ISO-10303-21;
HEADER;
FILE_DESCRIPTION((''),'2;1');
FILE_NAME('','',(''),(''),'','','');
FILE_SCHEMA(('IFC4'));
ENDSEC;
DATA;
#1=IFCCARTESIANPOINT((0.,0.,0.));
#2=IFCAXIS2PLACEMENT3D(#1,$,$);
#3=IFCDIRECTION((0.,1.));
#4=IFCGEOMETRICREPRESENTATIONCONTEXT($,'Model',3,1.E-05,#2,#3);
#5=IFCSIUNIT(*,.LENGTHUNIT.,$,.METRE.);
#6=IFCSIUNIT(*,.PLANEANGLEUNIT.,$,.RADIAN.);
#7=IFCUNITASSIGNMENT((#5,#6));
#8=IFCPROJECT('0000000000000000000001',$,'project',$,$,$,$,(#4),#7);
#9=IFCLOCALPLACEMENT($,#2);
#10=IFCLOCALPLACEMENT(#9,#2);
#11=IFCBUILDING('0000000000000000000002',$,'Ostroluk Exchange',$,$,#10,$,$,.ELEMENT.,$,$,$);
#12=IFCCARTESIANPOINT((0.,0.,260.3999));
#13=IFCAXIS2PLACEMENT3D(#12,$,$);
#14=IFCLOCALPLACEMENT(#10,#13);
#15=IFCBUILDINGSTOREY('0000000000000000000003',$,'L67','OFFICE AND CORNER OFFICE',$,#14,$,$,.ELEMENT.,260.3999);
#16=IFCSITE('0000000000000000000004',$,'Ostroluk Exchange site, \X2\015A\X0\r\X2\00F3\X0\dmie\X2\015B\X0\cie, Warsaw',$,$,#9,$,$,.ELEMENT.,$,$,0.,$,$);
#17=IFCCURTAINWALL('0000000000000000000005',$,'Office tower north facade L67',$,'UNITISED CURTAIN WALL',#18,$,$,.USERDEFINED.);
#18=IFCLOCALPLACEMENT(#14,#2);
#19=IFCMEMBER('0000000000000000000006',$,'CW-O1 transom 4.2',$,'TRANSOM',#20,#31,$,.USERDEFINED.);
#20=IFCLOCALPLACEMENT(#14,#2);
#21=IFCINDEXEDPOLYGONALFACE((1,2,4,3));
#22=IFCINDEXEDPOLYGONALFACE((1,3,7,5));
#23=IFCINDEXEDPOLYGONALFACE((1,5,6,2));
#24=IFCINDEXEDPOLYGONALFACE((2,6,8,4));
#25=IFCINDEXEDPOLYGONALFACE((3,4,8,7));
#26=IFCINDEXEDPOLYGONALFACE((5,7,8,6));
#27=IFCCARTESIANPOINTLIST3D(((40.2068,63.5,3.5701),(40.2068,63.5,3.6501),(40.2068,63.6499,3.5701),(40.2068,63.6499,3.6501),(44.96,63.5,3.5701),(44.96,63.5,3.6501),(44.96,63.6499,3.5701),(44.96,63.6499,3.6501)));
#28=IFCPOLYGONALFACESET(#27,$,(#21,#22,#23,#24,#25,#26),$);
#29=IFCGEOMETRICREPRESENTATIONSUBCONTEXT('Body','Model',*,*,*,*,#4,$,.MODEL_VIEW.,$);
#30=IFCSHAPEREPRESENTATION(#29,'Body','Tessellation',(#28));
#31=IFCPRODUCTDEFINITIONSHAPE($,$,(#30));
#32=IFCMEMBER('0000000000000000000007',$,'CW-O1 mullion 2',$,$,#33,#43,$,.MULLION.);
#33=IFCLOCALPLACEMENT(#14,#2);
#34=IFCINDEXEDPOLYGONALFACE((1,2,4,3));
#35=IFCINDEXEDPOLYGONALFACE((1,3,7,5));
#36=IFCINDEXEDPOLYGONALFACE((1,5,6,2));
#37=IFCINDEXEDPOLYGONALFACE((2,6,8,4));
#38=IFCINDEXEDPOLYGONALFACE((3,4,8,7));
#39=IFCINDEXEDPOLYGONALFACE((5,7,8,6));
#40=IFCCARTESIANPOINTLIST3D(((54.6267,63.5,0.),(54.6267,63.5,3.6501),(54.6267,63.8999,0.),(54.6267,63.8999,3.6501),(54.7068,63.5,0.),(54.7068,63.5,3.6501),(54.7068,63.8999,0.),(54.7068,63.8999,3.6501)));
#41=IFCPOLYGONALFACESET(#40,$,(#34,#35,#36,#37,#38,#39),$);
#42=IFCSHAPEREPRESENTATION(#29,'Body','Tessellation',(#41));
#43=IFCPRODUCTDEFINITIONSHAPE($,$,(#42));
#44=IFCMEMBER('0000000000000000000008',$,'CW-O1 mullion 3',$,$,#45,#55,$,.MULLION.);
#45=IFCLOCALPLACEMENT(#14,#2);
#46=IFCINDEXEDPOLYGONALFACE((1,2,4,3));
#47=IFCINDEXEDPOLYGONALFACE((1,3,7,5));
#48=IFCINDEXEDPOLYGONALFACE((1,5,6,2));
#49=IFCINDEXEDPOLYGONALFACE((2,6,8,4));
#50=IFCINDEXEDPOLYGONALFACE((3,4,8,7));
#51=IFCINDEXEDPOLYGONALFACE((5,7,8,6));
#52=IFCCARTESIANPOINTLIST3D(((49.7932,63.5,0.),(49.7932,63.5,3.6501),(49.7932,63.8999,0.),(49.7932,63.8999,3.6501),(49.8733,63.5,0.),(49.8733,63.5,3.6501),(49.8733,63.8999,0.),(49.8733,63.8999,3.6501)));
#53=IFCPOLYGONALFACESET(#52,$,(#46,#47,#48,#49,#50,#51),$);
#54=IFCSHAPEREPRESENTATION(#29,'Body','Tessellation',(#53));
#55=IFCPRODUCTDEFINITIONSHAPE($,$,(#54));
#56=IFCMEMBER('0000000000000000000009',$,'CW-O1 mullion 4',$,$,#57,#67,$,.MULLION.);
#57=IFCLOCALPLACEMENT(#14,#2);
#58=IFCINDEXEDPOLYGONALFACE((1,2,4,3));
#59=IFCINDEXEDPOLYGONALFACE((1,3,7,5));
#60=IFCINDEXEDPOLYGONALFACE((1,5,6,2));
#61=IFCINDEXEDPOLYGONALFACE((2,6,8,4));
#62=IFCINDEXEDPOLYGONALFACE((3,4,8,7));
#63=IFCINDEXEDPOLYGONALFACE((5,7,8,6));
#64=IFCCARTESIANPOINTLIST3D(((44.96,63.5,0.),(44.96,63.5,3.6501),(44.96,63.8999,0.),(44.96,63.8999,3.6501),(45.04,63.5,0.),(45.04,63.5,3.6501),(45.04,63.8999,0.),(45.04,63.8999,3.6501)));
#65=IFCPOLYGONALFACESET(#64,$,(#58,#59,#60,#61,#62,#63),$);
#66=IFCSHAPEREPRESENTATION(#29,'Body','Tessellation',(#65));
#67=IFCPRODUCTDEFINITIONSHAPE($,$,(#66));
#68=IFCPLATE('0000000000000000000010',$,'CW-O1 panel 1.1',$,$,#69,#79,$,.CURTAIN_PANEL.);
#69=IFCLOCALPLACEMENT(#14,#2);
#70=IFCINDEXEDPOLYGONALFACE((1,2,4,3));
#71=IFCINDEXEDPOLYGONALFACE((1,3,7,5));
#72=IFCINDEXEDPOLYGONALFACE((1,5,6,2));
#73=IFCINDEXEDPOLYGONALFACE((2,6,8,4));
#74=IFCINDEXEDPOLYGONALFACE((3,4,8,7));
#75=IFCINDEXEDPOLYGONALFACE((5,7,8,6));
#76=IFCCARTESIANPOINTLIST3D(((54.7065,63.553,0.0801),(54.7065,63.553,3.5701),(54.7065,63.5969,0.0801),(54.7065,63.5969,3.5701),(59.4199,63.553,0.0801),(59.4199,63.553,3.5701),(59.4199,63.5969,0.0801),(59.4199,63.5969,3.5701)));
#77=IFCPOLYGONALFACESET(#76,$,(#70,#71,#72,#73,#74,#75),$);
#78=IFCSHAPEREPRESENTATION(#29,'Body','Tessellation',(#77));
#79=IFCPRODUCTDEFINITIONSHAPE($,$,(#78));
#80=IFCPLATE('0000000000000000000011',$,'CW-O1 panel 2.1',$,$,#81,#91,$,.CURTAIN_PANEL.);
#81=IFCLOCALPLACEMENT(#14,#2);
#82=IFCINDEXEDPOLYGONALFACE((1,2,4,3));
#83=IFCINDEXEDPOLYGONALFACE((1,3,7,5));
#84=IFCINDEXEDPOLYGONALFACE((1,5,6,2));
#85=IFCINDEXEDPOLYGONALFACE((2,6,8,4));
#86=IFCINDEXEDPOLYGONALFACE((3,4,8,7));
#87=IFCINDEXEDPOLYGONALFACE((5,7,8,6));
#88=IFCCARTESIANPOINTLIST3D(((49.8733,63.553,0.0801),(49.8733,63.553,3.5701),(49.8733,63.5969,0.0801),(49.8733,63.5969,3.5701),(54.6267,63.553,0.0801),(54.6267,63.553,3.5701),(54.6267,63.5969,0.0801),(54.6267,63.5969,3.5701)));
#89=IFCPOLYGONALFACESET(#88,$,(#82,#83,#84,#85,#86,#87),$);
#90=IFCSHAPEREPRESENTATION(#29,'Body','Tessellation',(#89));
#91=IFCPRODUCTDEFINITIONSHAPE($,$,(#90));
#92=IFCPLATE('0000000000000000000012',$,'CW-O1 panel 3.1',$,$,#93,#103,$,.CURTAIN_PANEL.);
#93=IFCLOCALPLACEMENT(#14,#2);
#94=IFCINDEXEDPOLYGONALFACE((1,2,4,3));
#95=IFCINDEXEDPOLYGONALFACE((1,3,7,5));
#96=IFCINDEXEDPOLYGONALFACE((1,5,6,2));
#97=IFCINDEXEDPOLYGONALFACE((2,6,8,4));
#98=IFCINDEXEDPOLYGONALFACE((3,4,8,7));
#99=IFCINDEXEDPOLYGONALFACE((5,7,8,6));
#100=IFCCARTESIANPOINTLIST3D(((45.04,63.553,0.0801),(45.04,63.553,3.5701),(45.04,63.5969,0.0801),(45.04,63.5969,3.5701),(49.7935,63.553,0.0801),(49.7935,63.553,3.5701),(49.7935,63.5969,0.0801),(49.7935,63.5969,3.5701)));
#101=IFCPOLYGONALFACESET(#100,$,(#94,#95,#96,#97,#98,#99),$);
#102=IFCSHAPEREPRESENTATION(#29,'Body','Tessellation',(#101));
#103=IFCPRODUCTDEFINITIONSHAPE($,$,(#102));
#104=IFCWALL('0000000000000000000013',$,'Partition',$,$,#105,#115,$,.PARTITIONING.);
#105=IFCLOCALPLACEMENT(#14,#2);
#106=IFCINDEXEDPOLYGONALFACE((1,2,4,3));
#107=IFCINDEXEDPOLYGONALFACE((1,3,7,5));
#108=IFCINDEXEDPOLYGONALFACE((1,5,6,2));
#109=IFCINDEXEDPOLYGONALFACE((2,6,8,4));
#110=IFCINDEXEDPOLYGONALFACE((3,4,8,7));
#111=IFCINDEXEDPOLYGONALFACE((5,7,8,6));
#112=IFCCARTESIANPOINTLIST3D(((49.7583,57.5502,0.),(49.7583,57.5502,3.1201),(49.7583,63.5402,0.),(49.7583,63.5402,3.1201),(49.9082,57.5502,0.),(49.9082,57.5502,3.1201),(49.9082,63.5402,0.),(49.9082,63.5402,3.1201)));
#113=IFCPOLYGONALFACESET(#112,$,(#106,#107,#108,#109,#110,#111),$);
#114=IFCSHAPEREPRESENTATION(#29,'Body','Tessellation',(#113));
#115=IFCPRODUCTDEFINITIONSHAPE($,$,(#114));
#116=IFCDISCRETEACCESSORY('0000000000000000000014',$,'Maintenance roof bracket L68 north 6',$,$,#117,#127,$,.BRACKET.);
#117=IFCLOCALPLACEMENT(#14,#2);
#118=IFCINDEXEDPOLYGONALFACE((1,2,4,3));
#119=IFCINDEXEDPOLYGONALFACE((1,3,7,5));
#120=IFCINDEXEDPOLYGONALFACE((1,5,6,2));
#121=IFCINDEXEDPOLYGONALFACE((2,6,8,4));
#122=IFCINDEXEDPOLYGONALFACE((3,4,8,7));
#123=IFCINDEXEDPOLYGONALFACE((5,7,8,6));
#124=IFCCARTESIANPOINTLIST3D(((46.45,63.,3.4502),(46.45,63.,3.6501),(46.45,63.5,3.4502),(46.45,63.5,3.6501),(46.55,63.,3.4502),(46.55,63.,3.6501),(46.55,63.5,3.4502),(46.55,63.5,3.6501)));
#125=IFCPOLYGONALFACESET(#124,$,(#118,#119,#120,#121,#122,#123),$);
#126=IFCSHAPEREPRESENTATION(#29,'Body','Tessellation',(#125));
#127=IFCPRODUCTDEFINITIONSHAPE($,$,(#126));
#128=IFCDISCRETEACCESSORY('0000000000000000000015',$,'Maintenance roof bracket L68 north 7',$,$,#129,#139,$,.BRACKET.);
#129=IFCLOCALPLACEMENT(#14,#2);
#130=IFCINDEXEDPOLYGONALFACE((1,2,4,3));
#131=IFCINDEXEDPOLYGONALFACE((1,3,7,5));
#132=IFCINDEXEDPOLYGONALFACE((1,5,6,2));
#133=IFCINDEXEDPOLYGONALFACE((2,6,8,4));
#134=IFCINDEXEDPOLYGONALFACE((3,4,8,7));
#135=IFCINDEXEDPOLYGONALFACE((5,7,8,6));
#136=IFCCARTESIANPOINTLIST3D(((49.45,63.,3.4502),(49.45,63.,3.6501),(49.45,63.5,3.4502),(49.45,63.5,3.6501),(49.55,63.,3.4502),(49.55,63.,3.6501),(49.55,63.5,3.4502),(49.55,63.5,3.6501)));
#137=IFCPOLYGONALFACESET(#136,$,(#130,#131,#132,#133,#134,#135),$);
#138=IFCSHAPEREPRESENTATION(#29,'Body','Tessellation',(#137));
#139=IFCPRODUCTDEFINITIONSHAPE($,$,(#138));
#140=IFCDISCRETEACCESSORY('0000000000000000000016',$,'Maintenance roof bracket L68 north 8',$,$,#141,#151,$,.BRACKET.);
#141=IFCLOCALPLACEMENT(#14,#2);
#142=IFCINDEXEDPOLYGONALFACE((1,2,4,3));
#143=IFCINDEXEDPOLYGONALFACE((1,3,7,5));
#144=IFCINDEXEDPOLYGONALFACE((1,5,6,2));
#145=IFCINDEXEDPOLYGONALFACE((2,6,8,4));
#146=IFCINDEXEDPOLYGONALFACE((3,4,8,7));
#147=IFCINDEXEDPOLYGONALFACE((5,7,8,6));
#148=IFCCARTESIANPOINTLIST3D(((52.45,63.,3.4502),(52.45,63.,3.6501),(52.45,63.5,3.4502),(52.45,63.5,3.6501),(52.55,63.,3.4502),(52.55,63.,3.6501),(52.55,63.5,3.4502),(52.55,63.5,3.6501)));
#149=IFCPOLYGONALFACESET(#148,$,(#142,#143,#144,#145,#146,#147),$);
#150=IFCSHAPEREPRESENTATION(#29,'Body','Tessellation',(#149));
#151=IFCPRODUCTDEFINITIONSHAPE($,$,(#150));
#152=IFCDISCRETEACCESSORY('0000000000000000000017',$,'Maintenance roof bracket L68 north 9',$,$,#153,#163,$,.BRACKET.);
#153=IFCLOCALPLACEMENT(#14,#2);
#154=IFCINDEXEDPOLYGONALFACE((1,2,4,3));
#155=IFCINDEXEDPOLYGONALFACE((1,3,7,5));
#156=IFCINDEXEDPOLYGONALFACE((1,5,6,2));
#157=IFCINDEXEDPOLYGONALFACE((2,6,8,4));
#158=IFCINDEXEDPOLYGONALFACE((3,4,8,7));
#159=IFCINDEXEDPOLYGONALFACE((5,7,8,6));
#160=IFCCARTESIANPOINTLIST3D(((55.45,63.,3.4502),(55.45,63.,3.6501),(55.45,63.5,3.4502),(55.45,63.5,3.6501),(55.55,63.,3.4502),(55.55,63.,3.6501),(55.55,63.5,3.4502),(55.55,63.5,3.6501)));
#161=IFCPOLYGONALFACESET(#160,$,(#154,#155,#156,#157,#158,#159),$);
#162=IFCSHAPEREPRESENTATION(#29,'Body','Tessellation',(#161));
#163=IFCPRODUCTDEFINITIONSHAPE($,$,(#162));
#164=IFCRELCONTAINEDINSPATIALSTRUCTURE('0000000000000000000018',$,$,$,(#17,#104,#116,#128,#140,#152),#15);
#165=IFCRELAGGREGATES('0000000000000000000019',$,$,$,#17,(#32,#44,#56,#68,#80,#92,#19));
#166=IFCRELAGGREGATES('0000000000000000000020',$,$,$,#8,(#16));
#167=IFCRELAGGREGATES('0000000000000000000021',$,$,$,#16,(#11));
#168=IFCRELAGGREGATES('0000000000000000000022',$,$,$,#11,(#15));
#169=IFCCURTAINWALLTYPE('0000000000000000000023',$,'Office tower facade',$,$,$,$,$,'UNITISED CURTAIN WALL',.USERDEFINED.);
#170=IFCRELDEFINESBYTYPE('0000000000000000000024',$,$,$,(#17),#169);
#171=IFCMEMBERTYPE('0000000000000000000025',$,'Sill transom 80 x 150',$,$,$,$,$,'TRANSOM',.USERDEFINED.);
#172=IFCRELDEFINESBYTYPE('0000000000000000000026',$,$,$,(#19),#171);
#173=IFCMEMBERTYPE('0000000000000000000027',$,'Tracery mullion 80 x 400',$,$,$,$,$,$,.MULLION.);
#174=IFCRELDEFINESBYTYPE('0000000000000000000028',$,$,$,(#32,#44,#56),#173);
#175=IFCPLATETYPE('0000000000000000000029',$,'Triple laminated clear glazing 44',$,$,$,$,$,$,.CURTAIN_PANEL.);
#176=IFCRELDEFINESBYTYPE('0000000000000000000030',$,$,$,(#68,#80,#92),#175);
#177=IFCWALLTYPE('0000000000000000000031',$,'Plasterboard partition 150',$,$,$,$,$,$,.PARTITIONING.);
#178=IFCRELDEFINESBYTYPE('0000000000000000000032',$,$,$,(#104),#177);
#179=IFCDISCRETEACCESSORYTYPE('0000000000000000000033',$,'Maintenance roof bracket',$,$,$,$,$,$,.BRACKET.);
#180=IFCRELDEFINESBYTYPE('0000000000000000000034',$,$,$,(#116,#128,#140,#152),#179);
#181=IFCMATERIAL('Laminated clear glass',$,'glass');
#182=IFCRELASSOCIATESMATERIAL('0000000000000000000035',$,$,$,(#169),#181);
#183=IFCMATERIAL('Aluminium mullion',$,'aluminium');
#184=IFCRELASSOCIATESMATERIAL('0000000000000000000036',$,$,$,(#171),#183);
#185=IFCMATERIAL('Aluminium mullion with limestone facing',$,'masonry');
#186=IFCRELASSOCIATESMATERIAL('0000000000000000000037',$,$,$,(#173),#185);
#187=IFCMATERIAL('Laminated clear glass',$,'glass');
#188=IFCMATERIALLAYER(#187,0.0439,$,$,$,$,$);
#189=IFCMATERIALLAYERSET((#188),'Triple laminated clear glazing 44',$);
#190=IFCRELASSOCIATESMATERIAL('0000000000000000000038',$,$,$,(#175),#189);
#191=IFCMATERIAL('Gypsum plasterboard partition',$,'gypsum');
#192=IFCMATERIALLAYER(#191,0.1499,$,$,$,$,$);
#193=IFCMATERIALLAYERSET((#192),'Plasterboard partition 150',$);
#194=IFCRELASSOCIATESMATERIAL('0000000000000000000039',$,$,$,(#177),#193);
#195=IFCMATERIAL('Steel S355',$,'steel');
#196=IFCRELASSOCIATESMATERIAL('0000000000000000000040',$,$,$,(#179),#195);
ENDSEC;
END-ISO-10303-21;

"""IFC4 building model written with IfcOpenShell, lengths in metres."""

from ifc_helpers import new_model, si_unit, direction, frame, frame_2d, origin, origin_2d, place, context, subcontext, project, spatial, rectangle, extrude, material, layer, layer_set, material_profile, profile_set, type_object, element, aggregate, save


model = new_model("IFC4")

# Units and contexts
model_context = context("Model", 3, precision=1e-05, world=origin(), true_north=direction((0.0, 1.0)))
body_context = subcontext(model_context, "Body", "Model", "MODEL_VIEW")
ifc_project = project(units=[si_unit("LENGTHUNIT", "METRE"), si_unit("PLANEANGLEUNIT", "RADIAN")], contexts=[model_context])

# Site, building, storey
site_placement = place(None, origin())
site = spatial("IfcSite", under=ifc_project, at=site_placement, Name="Ostroluk Exchange site, Śródmieście, Warsaw", CompositionType="ELEMENT", RefElevation=0.0)
building_placement = place(site_placement, origin())
building = spatial("IfcBuilding", under=site, at=building_placement, Name="Ostroluk Exchange", CompositionType="ELEMENT")
storey_placement = place(building_placement, frame((0.0, 0.0, 260.3999)))
storey = spatial("IfcBuildingStorey", under=building, at=storey_placement, Name="L67", Description="OFFICE AND CORNER OFFICE", CompositionType="ELEMENT", Elevation=260.3999)

# Curtain wall, members, plates
ifc_material_1 = material(Name="Laminated clear glass", Category="glass")
curtain_wall_type = type_object("IfcCurtainWallType", Name="Office tower facade", ElementType="UNITISED CURTAIN WALL", PredefinedType="USERDEFINED", material=ifc_material_1)
curtain_wall_placement = place(storey_placement, origin())
curtain_wall = element("IfcCurtainWall", 1, at=curtain_wall_placement, inside=storey, type_object=curtain_wall_type, Name="Office tower north facade L67", ObjectType="UNITISED CURTAIN WALL", PredefinedType="USERDEFINED")
ifc_material_2 = material(Name="Aluminium mullion", Category="aluminium")
ifc_material_profile_1 = material_profile(ifc_material_2, rectangle(XDim=0.1499, YDim=0.0801, at=origin_2d()), Name="Sill transom 80 x 150")
ifc_profile_set_1 = profile_set([ifc_material_profile_1], Name="Aluminium mullion")
member_type_1 = type_object("IfcMemberType", Name="Sill transom 80 x 150", ElementType="TRANSOM", PredefinedType="USERDEFINED", material=ifc_profile_set_1)
member_1_placement = place(storey_placement, frame((44.96, 63.575, 3.6101), z_axis=(-1.0, 0.0, 0.0), x_axis=(0.0, -1.0, 0.0)))
member_1 = element("IfcMember", 2, at=member_1_placement, type_object=member_type_1, Name="CW-O1 transom 4.2", ObjectType="TRANSOM", PredefinedType="USERDEFINED", context=body_context, shape_type="SweptSolid", body=[
    extrude(rectangle(XDim=0.1499, YDim=0.0801, at=origin_2d()), origin(), (0.0, 0.0, 1.0), 4.7532),
])
ifc_material_3 = material(Name="Aluminium mullion with limestone facing", Category="masonry")
ifc_material_profile_2 = material_profile(ifc_material_3, rectangle(XDim=0.3999, YDim=0.0801, at=origin_2d()), Name="Tracery mullion 80 x 400")
ifc_profile_set_2 = profile_set([ifc_material_profile_2], Name="Aluminium mullion with limestone facing")
member_type_2 = type_object("IfcMemberType", Name="Tracery mullion 80 x 400", PredefinedType="MULLION", material=ifc_profile_set_2)
member_2_placement = place(storey_placement, frame((54.6667, 63.7, 0.0), z_axis=(0.0, 0.0, 1.0), x_axis=(0.0, -1.0, 0.0)))
member_2 = element("IfcMember", 3, at=member_2_placement, type_object=member_type_2, Name="CW-O1 mullion 2", PredefinedType="MULLION", context=body_context, shape_type="SweptSolid", body=[
    extrude(rectangle(XDim=0.3999, YDim=0.0801, at=origin_2d()), origin(), (0.0, 0.0, 1.0), 3.6501),
])
member_3_placement = place(storey_placement, frame((49.8333, 63.7, 0.0), z_axis=(0.0, 0.0, 1.0), x_axis=(0.0, -1.0, 0.0)))
member_3 = element("IfcMember", 4, at=member_3_placement, type_object=member_type_2, Name="CW-O1 mullion 3", PredefinedType="MULLION", context=body_context, shape_type="SweptSolid", body=[
    extrude(rectangle(XDim=0.3999, YDim=0.0801, at=origin_2d()), origin(), (0.0, 0.0, 1.0), 3.6501),
])
member_4_placement = place(storey_placement, frame((45.0, 63.7, 0.0), z_axis=(0.0, 0.0, 1.0), x_axis=(0.0, -1.0, 0.0)))
member_4 = element("IfcMember", 5, at=member_4_placement, type_object=member_type_2, Name="CW-O1 mullion 4", PredefinedType="MULLION", context=body_context, shape_type="SweptSolid", body=[
    extrude(rectangle(XDim=0.3999, YDim=0.0801, at=origin_2d()), origin(), (0.0, 0.0, 1.0), 3.6501),
])
ifc_material_4 = material(Name="Laminated clear glass", Category="glass")
ifc_layer_1 = layer(ifc_material_4, 0.0439)
ifc_layer_set_1 = layer_set([ifc_layer_1], Name="Triple laminated clear glazing 44")
plate_type = type_object("IfcPlateType", Name="Triple laminated clear glazing 44", PredefinedType="CURTAIN_PANEL", material=ifc_layer_set_1)
plate_1_placement = place(storey_placement, frame((57.0632, 63.575, 0.0801), z_axis=(0.0, 0.0, 1.0), x_axis=(-1.0, 0.0, 0.0)))
plate_1 = element("IfcPlate", 6, at=plate_1_placement, type_object=plate_type, Name="CW-O1 panel 1.1", PredefinedType="CURTAIN_PANEL", context=body_context, shape_type="SweptSolid", body=[
    extrude(rectangle(XDim=4.7134, YDim=0.0439, at=origin_2d()), origin(), (0.0, 0.0, 1.0), 3.49),
])
plate_2_placement = place(storey_placement, frame((52.25, 63.575, 0.0801), z_axis=(0.0, 0.0, 1.0), x_axis=(-1.0, 0.0, 0.0)))
plate_2 = element("IfcPlate", 7, at=plate_2_placement, type_object=plate_type, Name="CW-O1 panel 2.1", PredefinedType="CURTAIN_PANEL", context=body_context, shape_type="SweptSolid", body=[
    extrude(rectangle(XDim=4.7534, YDim=0.0439, at=origin_2d()), origin(), (0.0, 0.0, 1.0), 3.49),
])
plate_3_placement = place(storey_placement, frame((47.4167, 63.575, 0.0801), z_axis=(0.0, 0.0, 1.0), x_axis=(-1.0, 0.0, 0.0)))
plate_3 = element("IfcPlate", 8, at=plate_3_placement, type_object=plate_type, Name="CW-O1 panel 3.1", PredefinedType="CURTAIN_PANEL", context=body_context, shape_type="SweptSolid", body=[
    extrude(rectangle(XDim=4.7534, YDim=0.0439, at=origin_2d()), origin(), (0.0, 0.0, 1.0), 3.49),
])
aggregate(curtain_wall, [member_2, member_3, member_4, plate_1, plate_2, plate_3, member_1])

# Wall
ifc_material_5 = material(Name="Gypsum plasterboard partition", Category="gypsum")
ifc_layer_2 = layer(ifc_material_5, 0.1499)
ifc_layer_set_2 = layer_set([ifc_layer_2], Name="Plasterboard partition 150")
wall_type = type_object("IfcWallType", Name="Plasterboard partition 150", PredefinedType="PARTITIONING", material=ifc_layer_set_2)
wall_placement = place(storey_placement, frame((49.8333, 57.55, 0.0), z_axis=(0.0, 0.0, 1.0), x_axis=(0.0, 1.0, 0.0)))
element("IfcWall", 9, at=wall_placement, inside=storey, type_object=wall_type, Name="Partition", PredefinedType="PARTITIONING", context=body_context, shape_type="SweptSolid", body=[
    extrude(rectangle(XDim=5.99, YDim=0.1499, at=frame_2d((2.9951, 0.0))), origin(), (0.0, 0.0, 1.0), 3.1201),
])

# Discrete accessories
ifc_material_6 = material(Name="Steel S355", Category="steel")
discrete_accessory_type = type_object("IfcDiscreteAccessoryType", Name="Maintenance roof bracket", PredefinedType="BRACKET", material=ifc_material_6)
for number, where, z_axis, x_axis, name in (
    (10, (46.5, 63.25, 3.4502), (0.0, 0.0, 1.0), (1.0, 0.0, 0.0), "Maintenance roof bracket L68 north 6"),
    (11, (49.5, 63.25, 3.4502), (0.0, 0.0, 1.0), (1.0, 0.0, 0.0), "Maintenance roof bracket L68 north 7"),
    (12, (52.5, 63.25, 3.4502), (0.0, 0.0, 1.0), (1.0, 0.0, 0.0), "Maintenance roof bracket L68 north 8"),
    (13, (55.5, 63.25, 3.4502), (0.0, 0.0, 1.0), (1.0, 0.0, 0.0), "Maintenance roof bracket L68 north 9"),
):
    element("IfcDiscreteAccessory", number, at=place(storey_placement, frame(where, z_axis=z_axis, x_axis=x_axis)), inside=storey, type_object=discrete_accessory_type, Name=name, PredefinedType="BRACKET", context=body_context, shape_type="SweptSolid", body=[
        extrude(rectangle(XDim=0.1001, YDim=0.5, at=origin_2d()), origin(), (0.0, 0.0, 1.0), 0.2),
    ])

save(model, "model.ifc")
